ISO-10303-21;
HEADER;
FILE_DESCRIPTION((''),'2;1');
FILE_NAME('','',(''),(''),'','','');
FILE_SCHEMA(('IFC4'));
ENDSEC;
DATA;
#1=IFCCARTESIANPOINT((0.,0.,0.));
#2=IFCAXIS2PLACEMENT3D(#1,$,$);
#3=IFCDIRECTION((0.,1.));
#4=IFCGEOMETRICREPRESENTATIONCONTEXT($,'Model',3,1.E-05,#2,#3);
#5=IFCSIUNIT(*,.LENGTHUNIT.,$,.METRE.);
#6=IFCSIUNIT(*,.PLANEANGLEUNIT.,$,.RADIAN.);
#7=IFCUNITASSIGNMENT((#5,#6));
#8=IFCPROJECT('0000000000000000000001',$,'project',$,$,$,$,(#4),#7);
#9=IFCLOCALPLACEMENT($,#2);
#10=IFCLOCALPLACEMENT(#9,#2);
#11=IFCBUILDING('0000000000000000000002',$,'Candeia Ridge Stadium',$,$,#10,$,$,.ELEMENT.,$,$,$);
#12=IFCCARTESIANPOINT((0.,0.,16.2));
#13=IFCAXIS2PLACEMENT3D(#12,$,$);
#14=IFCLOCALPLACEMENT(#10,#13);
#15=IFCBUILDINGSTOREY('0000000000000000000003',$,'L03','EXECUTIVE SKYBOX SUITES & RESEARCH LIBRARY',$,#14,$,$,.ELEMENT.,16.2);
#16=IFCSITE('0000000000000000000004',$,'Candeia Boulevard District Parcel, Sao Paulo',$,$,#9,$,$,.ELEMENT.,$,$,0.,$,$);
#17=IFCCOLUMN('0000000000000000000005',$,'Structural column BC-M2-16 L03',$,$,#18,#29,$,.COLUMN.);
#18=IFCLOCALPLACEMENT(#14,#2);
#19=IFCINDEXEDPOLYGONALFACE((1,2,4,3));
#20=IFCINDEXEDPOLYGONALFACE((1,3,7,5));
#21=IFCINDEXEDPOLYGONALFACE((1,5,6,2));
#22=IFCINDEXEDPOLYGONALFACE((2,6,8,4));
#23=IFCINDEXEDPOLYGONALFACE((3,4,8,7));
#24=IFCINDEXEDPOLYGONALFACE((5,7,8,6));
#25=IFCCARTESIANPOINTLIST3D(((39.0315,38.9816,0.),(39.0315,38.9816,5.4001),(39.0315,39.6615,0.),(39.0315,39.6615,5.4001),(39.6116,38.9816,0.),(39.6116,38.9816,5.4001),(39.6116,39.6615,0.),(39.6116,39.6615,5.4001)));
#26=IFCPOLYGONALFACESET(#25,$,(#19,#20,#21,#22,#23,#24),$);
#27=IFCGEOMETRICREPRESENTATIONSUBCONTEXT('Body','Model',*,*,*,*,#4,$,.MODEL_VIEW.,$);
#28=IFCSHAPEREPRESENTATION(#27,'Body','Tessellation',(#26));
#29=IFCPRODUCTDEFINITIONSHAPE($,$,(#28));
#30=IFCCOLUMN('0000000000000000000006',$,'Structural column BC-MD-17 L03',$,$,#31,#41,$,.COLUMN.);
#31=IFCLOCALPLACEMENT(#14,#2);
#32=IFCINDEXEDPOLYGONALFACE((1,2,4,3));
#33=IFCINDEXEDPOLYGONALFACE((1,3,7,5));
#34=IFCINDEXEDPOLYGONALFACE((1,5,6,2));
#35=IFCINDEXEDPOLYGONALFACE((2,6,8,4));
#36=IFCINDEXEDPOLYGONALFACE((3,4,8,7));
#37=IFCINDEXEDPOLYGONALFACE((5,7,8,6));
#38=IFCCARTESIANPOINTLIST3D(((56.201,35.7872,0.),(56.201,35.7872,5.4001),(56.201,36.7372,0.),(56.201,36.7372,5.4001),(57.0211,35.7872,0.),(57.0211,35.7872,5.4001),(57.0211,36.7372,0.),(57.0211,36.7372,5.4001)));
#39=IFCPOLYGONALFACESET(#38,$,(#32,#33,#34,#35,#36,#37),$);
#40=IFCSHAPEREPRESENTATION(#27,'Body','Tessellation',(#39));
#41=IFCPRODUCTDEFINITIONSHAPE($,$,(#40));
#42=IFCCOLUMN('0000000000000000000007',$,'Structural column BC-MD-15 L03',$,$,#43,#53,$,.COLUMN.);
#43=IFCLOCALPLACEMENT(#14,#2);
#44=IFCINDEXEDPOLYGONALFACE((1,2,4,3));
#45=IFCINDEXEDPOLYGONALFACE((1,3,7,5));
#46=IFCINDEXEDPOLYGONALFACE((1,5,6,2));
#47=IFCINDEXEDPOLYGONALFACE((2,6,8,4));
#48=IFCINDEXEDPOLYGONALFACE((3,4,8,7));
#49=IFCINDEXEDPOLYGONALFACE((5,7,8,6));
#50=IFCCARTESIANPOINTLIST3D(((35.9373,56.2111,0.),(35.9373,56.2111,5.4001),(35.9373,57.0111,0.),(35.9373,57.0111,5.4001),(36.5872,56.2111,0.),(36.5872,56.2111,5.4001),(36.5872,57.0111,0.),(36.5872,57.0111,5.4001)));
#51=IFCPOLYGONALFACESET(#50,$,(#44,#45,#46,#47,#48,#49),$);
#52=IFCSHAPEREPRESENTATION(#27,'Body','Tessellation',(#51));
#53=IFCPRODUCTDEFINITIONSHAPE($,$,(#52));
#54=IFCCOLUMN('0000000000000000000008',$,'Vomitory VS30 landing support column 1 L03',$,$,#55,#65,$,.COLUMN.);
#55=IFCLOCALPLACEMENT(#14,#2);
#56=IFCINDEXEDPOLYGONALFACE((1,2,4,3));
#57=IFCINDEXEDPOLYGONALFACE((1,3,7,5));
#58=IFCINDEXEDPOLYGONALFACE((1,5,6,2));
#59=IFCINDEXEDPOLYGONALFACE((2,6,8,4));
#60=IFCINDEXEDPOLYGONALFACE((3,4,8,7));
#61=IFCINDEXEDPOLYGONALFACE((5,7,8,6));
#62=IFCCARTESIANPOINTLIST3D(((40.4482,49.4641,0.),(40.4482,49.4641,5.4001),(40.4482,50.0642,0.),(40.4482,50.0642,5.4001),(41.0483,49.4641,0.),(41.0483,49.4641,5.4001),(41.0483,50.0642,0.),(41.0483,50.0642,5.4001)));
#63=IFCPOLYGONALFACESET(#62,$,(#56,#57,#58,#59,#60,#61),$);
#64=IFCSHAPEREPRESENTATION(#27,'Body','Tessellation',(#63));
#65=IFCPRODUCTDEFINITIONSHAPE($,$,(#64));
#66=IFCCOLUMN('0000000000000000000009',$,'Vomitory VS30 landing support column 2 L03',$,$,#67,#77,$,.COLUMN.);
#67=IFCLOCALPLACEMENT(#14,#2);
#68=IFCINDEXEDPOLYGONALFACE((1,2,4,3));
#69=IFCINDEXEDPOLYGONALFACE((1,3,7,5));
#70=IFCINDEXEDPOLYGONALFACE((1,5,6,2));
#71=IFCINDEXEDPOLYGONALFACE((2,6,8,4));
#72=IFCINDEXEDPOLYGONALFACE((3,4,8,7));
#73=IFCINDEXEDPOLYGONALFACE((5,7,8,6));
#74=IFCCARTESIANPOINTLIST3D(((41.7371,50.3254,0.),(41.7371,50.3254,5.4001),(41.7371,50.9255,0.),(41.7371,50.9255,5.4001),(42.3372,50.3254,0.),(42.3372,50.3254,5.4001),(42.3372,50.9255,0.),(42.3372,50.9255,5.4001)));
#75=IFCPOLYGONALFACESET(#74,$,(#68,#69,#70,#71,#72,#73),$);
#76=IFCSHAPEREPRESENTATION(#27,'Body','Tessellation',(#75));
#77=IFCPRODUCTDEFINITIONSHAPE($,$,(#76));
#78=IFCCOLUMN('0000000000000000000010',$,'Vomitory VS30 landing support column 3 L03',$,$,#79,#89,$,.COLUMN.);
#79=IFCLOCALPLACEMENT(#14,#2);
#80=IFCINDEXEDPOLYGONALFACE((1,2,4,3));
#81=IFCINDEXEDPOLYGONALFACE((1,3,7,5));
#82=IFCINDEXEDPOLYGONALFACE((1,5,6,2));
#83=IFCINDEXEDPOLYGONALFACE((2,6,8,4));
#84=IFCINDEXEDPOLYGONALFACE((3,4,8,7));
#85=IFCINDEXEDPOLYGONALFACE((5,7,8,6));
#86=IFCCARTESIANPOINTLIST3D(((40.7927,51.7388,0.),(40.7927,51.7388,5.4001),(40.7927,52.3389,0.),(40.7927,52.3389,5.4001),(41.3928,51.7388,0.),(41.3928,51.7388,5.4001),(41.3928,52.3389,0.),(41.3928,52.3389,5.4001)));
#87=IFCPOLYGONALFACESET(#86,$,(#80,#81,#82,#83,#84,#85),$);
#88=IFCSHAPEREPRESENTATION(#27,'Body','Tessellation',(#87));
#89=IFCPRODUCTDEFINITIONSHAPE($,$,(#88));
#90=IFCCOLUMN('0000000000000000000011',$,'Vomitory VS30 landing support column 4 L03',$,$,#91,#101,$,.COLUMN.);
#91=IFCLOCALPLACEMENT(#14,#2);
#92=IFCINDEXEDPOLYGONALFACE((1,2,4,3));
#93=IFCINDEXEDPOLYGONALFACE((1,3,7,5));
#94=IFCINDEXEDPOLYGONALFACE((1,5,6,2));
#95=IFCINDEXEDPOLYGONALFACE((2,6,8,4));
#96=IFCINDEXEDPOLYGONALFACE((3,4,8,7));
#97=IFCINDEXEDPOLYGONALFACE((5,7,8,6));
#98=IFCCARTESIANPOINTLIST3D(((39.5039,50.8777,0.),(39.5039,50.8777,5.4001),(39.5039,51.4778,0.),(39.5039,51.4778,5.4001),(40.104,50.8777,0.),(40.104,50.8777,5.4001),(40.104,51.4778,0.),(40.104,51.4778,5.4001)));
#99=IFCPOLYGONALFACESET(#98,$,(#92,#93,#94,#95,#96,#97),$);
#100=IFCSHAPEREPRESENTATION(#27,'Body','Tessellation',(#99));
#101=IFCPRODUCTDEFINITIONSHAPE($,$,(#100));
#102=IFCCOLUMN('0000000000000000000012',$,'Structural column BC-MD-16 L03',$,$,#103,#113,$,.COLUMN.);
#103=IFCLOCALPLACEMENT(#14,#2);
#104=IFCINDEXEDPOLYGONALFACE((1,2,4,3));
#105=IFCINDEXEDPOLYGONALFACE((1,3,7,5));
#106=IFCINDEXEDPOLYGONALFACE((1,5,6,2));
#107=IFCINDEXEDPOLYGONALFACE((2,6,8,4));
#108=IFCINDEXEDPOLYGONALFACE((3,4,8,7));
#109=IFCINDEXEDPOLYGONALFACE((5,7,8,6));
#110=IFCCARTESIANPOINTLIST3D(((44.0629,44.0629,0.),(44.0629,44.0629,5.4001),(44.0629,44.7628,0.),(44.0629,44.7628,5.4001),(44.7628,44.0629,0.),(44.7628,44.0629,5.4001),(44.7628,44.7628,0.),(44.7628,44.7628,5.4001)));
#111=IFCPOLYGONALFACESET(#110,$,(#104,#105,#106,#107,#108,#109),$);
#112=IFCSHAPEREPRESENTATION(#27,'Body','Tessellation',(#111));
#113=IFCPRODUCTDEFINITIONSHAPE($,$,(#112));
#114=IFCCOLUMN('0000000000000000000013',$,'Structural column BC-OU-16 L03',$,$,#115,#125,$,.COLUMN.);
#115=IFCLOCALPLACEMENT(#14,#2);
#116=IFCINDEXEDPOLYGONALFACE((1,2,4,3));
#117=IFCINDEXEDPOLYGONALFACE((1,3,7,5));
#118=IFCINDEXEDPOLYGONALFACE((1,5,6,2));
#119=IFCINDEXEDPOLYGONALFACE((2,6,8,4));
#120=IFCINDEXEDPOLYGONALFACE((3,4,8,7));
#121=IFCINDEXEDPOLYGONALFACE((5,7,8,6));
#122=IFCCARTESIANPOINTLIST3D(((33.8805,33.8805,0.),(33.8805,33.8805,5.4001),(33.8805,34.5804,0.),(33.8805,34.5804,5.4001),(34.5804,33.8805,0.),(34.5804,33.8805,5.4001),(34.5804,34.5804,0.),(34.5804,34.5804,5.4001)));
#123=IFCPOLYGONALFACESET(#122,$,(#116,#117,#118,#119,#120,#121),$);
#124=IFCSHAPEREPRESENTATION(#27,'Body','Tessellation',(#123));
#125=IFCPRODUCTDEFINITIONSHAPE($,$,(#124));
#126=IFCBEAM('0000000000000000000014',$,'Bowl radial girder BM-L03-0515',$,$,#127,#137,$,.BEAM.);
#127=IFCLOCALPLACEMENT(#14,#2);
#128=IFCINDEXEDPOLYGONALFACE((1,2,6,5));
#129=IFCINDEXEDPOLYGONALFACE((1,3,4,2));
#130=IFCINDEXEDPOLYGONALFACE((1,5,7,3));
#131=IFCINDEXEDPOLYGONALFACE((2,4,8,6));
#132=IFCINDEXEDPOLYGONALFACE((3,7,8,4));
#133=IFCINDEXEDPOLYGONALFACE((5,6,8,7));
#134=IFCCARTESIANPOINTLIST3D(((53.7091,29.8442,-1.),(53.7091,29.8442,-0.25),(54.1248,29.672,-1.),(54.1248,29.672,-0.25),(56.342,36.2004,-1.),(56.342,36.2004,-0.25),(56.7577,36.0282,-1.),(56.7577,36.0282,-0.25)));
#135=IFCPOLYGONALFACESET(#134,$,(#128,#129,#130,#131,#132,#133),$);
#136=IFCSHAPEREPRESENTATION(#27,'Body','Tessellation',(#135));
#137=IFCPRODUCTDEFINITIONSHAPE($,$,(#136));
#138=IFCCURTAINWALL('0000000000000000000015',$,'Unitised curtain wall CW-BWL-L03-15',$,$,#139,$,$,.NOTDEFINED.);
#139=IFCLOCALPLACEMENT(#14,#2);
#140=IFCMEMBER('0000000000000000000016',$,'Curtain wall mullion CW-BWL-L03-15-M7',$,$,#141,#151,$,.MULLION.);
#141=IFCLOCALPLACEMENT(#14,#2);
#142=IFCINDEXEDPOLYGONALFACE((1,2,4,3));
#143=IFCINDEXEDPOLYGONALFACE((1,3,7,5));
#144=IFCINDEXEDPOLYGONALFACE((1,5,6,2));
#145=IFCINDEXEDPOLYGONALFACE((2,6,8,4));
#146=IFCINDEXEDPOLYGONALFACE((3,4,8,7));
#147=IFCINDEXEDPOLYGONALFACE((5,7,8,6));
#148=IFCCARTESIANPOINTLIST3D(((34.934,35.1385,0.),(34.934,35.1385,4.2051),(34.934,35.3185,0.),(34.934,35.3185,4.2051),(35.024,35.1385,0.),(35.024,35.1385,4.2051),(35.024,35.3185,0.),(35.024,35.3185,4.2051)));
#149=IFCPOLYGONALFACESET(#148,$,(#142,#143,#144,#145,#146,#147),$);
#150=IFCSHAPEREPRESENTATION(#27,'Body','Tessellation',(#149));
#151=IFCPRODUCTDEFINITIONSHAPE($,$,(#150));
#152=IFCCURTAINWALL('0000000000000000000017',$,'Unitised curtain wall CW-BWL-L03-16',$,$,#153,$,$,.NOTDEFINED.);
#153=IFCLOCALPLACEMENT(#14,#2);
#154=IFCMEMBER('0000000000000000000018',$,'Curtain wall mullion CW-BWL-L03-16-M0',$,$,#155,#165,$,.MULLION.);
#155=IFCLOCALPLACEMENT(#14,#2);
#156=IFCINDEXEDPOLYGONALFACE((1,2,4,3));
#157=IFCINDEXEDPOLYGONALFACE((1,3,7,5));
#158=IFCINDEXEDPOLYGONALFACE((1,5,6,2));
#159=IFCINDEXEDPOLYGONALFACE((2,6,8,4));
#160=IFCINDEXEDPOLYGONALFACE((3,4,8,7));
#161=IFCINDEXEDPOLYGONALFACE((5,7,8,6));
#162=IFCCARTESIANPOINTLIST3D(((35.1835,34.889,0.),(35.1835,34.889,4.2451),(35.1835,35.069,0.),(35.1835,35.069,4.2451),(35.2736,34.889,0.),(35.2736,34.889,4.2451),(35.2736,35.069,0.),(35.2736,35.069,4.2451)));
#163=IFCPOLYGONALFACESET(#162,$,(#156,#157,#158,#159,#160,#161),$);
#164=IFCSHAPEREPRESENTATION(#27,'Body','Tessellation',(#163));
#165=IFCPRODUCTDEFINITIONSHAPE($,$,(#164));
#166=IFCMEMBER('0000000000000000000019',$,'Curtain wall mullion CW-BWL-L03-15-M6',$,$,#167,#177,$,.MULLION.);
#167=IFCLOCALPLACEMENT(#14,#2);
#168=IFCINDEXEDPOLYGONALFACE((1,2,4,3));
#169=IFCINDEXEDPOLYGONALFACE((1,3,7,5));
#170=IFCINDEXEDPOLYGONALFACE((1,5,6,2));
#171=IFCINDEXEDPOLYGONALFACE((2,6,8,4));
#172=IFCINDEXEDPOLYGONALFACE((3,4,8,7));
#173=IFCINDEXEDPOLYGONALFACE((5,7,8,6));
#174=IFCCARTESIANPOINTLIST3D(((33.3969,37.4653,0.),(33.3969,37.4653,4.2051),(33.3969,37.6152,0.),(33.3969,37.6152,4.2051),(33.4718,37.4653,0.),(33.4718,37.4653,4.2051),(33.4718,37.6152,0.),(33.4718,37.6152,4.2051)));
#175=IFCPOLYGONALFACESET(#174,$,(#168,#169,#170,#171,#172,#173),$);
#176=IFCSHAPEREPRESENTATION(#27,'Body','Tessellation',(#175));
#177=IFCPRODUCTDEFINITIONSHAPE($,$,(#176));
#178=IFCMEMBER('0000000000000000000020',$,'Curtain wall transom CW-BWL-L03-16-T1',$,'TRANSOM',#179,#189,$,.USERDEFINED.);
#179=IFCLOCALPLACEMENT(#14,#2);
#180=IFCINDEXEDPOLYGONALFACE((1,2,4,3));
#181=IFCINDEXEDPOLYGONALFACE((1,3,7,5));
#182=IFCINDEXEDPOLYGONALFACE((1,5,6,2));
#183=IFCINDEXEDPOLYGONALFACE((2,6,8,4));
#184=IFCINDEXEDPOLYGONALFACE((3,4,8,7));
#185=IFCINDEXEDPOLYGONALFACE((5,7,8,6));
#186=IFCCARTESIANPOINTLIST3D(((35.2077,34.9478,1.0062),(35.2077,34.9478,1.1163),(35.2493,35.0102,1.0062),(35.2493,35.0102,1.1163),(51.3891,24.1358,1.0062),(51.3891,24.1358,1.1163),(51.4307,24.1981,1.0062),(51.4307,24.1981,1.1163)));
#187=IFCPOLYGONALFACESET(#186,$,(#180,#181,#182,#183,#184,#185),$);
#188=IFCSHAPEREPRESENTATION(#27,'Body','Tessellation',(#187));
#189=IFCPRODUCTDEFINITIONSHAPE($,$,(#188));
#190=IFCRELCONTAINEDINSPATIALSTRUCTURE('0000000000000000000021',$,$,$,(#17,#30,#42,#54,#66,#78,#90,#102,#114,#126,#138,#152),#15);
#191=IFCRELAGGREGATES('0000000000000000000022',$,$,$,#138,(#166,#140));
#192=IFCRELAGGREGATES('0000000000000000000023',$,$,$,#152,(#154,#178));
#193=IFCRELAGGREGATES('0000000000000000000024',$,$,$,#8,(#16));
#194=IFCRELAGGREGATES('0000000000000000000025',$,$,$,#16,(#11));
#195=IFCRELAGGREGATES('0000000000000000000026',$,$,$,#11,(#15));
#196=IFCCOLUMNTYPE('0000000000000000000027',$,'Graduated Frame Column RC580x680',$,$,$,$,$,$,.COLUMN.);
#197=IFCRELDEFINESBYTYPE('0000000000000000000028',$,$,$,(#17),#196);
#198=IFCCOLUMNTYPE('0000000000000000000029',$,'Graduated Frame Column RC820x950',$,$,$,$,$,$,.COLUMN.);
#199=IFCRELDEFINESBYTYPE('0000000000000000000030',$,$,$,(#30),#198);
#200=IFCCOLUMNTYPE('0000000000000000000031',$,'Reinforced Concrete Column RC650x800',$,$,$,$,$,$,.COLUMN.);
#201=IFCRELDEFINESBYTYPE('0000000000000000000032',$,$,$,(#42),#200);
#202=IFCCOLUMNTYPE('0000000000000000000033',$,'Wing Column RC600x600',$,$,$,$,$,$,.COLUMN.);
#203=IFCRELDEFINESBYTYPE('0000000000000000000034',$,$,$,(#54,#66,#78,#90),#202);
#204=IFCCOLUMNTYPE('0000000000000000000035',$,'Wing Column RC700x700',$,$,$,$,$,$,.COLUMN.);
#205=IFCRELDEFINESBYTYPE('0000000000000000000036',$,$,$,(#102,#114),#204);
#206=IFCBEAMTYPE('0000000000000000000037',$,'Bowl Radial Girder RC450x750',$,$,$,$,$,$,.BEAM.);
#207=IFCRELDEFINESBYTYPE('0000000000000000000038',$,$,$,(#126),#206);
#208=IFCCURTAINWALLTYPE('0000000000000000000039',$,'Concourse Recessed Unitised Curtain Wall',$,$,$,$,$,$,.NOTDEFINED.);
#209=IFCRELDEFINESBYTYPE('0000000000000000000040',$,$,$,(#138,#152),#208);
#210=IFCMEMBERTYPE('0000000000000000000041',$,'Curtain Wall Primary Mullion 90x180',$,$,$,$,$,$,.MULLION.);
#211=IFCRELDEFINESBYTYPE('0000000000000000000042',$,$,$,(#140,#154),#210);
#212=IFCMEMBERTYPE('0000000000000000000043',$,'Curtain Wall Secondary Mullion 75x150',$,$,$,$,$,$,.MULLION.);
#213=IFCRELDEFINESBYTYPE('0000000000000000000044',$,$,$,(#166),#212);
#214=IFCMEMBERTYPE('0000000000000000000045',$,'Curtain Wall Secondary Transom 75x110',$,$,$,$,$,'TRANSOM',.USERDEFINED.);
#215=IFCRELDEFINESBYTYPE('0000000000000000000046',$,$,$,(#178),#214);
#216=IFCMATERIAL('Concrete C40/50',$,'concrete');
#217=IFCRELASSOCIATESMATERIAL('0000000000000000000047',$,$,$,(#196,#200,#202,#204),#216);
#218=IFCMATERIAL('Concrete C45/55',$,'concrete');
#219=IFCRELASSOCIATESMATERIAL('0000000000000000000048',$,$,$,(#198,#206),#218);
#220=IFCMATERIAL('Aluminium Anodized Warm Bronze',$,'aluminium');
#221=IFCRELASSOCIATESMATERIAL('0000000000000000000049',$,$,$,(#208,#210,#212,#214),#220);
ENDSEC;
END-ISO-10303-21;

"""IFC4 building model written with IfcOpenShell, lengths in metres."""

from ifc_helpers import new_model, si_unit, direction, frame, origin, origin_2d, place, context, subcontext, project, spatial, rectangle, extrude, material, material_profile, profile_set, type_object, element, aggregate, save


model = new_model("IFC4")

# Units and contexts
model_context = context("Model", 3, precision=1e-05, world=origin(), true_north=direction((0.0, 1.0)))
body_context = subcontext(model_context, "Body", "Model", "MODEL_VIEW")
ifc_project = project(units=[si_unit("LENGTHUNIT", "METRE"), si_unit("PLANEANGLEUNIT", "RADIAN")], contexts=[model_context])

# Site, building, storey
site_placement = place(None, origin())
site = spatial("IfcSite", under=ifc_project, at=site_placement, Name="Candeia Boulevard District Parcel, Sao Paulo", CompositionType="ELEMENT", RefElevation=0.0)
building_placement = place(site_placement, origin())
building = spatial("IfcBuilding", under=site, at=building_placement, Name="Candeia Ridge Stadium", CompositionType="ELEMENT")
storey_placement = place(building_placement, frame((0.0, 0.0, 16.2)))
storey = spatial("IfcBuildingStorey", under=building, at=storey_placement, Name="L03", Description="EXECUTIVE SKYBOX SUITES & RESEARCH LIBRARY", CompositionType="ELEMENT", Elevation=16.2)

# Columns
ifc_material_1 = material(Name="Concrete C40/50", Category="concrete")
ifc_material_profile_1 = material_profile(ifc_material_1, rectangle(XDim=0.5801, YDim=0.6799, at=origin_2d()), Name="RC580x680", Category="concrete")
ifc_profile_set_1 = profile_set([ifc_material_profile_1], Name="Concrete C40/50")
column_type_1 = type_object("IfcColumnType", Name="Graduated Frame Column RC580x680", PredefinedType="COLUMN", material=ifc_profile_set_1)
column_1_placement = place(storey_placement, frame((39.3215, 39.3215, 0.0), z_axis=(0.0, 0.0, 1.0), x_axis=(1.0, 0.0, 0.0)))
element("IfcColumn", 1, at=column_1_placement, inside=storey, type_object=column_type_1, Name="Structural column BC-M2-16 L03", PredefinedType="COLUMN", context=body_context, shape_type="SweptSolid", body=[
    extrude(rectangle(XDim=0.5801, YDim=0.6799, at=origin_2d()), origin(), (0.0, 0.0, 1.0), 5.4001),
])
ifc_material_2 = material(Name="Concrete C45/55", Category="concrete")
ifc_material_profile_2 = material_profile(ifc_material_2, rectangle(XDim=0.8201, YDim=0.95, at=origin_2d()), Name="RC820x950", Category="concrete")
ifc_profile_set_2 = profile_set([ifc_material_profile_2], Name="Concrete C45/55")
column_type_2 = type_object("IfcColumnType", Name="Graduated Frame Column RC820x950", PredefinedType="COLUMN", material=ifc_profile_set_2)
column_2_placement = place(storey_placement, frame((56.6111, 36.2622, 0.0), z_axis=(0.0, 0.0, 1.0), x_axis=(1.0, 0.0, 0.0)))
element("IfcColumn", 2, at=column_2_placement, inside=storey, type_object=column_type_2, Name="Structural column BC-MD-17 L03", PredefinedType="COLUMN", context=body_context, shape_type="SweptSolid", body=[
    extrude(rectangle(XDim=0.8201, YDim=0.95, at=origin_2d()), origin(), (0.0, 0.0, 1.0), 5.4001),
])
ifc_material_profile_3 = material_profile(ifc_material_1, rectangle(XDim=0.6499, YDim=0.8, at=origin_2d()), Name="RC650x800", Category="concrete")
ifc_profile_set_3 = profile_set([ifc_material_profile_3], Name="Concrete C40/50")
column_type_3 = type_object("IfcColumnType", Name="Reinforced Concrete Column RC650x800", PredefinedType="COLUMN", material=ifc_profile_set_3)
column_3_placement = place(storey_placement, frame((36.2622, 56.6111, 0.0), z_axis=(0.0, 0.0, 1.0), x_axis=(1.0, 0.0, 0.0)))
element("IfcColumn", 3, at=column_3_placement, inside=storey, type_object=column_type_3, Name="Structural column BC-MD-15 L03", PredefinedType="COLUMN", context=body_context, shape_type="SweptSolid", body=[
    extrude(rectangle(XDim=0.6499, YDim=0.8, at=origin_2d()), origin(), (0.0, 0.0, 1.0), 5.4001),
])
ifc_material_profile_4 = material_profile(ifc_material_1, rectangle(XDim=0.6001, YDim=0.6001, at=origin_2d()), Name="RC600x600", Category="concrete")
ifc_profile_set_4 = profile_set([ifc_material_profile_4], Name="Concrete C40/50")
column_type_4 = type_object("IfcColumnType", Name="Wing Column RC600x600", PredefinedType="COLUMN", material=ifc_profile_set_4)
for number, where, z_axis, x_axis, name in (
    (4, (40.7483, 49.7642, 0.0), (0.0, 0.0, 1.0), (1.0, 0.0, 0.0), "Vomitory VS30 landing support column 1 L03"),
    (5, (42.0371, 50.6255, 0.0), (0.0, 0.0, 1.0), (1.0, 0.0, 0.0), "Vomitory VS30 landing support column 2 L03"),
    (6, (41.0928, 52.0388, 0.0), (0.0, 0.0, 1.0), (1.0, 0.0, 0.0), "Vomitory VS30 landing support column 3 L03"),
    (7, (39.804, 51.1777, 0.0), (0.0, 0.0, 1.0), (1.0, 0.0, 0.0), "Vomitory VS30 landing support column 4 L03"),
):
    element("IfcColumn", number, at=place(storey_placement, frame(where, z_axis=z_axis, x_axis=x_axis)), inside=storey, type_object=column_type_4, Name=name, PredefinedType="COLUMN", context=body_context, shape_type="SweptSolid", body=[
        extrude(rectangle(XDim=0.6001, YDim=0.6001, at=origin_2d()), origin(), (0.0, 0.0, 1.0), 5.4001),
    ])
ifc_material_profile_5 = material_profile(ifc_material_1, rectangle(XDim=0.7, YDim=0.7, at=origin_2d()), Name="RC700x700", Category="concrete")
ifc_profile_set_5 = profile_set([ifc_material_profile_5], Name="Concrete C40/50")
column_type_5 = type_object("IfcColumnType", Name="Wing Column RC700x700", PredefinedType="COLUMN", material=ifc_profile_set_5)
for number, where, z_axis, x_axis, name in (
    (8, (44.4128, 44.4128, 0.0), (0.0, 0.0, 1.0), (1.0, 0.0, 0.0), "Structural column BC-MD-16 L03"),
    (9, (34.2305, 34.2305, 0.0), (0.0, 0.0, 1.0), (1.0, 0.0, 0.0), "Structural column BC-OU-16 L03"),
):
    element("IfcColumn", number, at=place(storey_placement, frame(where, z_axis=z_axis, x_axis=x_axis)), inside=storey, type_object=column_type_5, Name=name, PredefinedType="COLUMN", context=body_context, shape_type="SweptSolid", body=[
        extrude(rectangle(XDim=0.7, YDim=0.7, at=origin_2d()), origin(), (0.0, 0.0, 1.0), 5.4001),
    ])

# Beam
ifc_material_profile_6 = material_profile(ifc_material_2, rectangle(XDim=0.45, YDim=0.75, at=origin_2d()), Name="RC450x750", Category="concrete")
ifc_profile_set_6 = profile_set([ifc_material_profile_6], Name="Concrete C45/55")
beam_type_1 = type_object("IfcBeamType", Name="Bowl Radial Girder RC450x750", PredefinedType="BEAM", material=ifc_profile_set_6)
beam_1_placement = place(storey_placement, frame((56.5498, 36.1143, -0.625), z_axis=(-0.382682, -0.92388, 0.0), x_axis=(0.92388, -0.382682, 0.0)))
element("IfcBeam", 10, at=beam_1_placement, inside=storey, type_object=beam_type_1, Name="Bowl radial girder BM-L03-0515", PredefinedType="BEAM", context=body_context, shape_type="SweptSolid", body=[
    extrude(rectangle(XDim=0.45, YDim=0.75, at=origin_2d()), origin(), (0.0, 0.0, 1.0), 6.8799),
])

# Curtain walls, members
ifc_material_3 = material(Name="Aluminium Anodized Warm Bronze", Category="aluminium")
curtain_wall_type = type_object("IfcCurtainWallType", Name="Concourse Recessed Unitised Curtain Wall", PredefinedType="NOTDEFINED", material=ifc_material_3)
curtain_wall_1_placement = place(storey_placement, origin())
curtain_wall_1 = element("IfcCurtainWall", 11, at=curtain_wall_1_placement, inside=storey, type_object=curtain_wall_type, Name="Unitised curtain wall CW-BWL-L03-15", PredefinedType="NOTDEFINED")
ifc_material_profile_7 = material_profile(ifc_material_3, rectangle(XDim=0.0901, YDim=0.1799, at=origin_2d()), Name="CWM-90x180", Category="aluminium")
ifc_profile_set_7 = profile_set([ifc_material_profile_7], Name="Aluminium Anodized Warm Bronze")
member_type_1 = type_object("IfcMemberType", Name="Curtain Wall Primary Mullion 90x180", PredefinedType="MULLION", material=ifc_profile_set_7)
member_1_placement = place(storey_placement, frame((34.979, 35.2285, 0.0), z_axis=(0.0, 0.0, 1.0), x_axis=(1.0, 0.0, 0.0)))
member_1 = element("IfcMember", 12, at=member_1_placement, type_object=member_type_1, Name="Curtain wall mullion CW-BWL-L03-15-M7", PredefinedType="MULLION", context=body_context, shape_type="SweptSolid", body=[
    extrude(rectangle(XDim=0.0901, YDim=0.1799, at=origin_2d()), origin(), (0.0, 0.0, 1.0), 4.2051),
])
curtain_wall_2_placement = place(storey_placement, origin())
curtain_wall_2 = element("IfcCurtainWall", 13, at=curtain_wall_2_placement, inside=storey, type_object=curtain_wall_type, Name="Unitised curtain wall CW-BWL-L03-16", PredefinedType="NOTDEFINED")
member_2_placement = place(storey_placement, frame((35.2285, 34.979, 0.0), z_axis=(0.0, 0.0, 1.0), x_axis=(1.0, 0.0, 0.0)))
member_2 = element("IfcMember", 14, at=member_2_placement, type_object=member_type_1, Name="Curtain wall mullion CW-BWL-L03-16-M0", PredefinedType="MULLION", context=body_context, shape_type="SweptSolid", body=[
    extrude(rectangle(XDim=0.0901, YDim=0.1799, at=origin_2d()), origin(), (0.0, 0.0, 1.0), 4.2451),
])

# Members
ifc_material_profile_8 = material_profile(ifc_material_3, rectangle(XDim=0.075, YDim=0.1499, at=origin_2d()), Name="CWM-75x150", Category="aluminium")
ifc_profile_set_8 = profile_set([ifc_material_profile_8], Name="Aluminium Anodized Warm Bronze")
member_type_2 = type_object("IfcMemberType", Name="Curtain Wall Secondary Mullion 75x150", PredefinedType="MULLION", material=ifc_profile_set_8)
member_3_placement = place(storey_placement, frame((33.4343, 37.5403, 0.0), z_axis=(0.0, 0.0, 1.0), x_axis=(1.0, 0.0, 0.0)))
member_3 = element("IfcMember", 15, at=member_3_placement, type_object=member_type_2, Name="Curtain wall mullion CW-BWL-L03-15-M6", PredefinedType="MULLION", context=body_context, shape_type="SweptSolid", body=[
    extrude(rectangle(XDim=0.075, YDim=0.1499, at=origin_2d()), origin(), (0.0, 0.0, 1.0), 4.2051),
])
ifc_material_profile_9 = material_profile(ifc_material_3, rectangle(XDim=0.075, YDim=0.1101, at=origin_2d()), Name="CWT-75x110", Category="aluminium")
ifc_profile_set_9 = profile_set([ifc_material_profile_9], Name="Aluminium Anodized Warm Bronze")
member_type_3 = type_object("IfcMemberType", Name="Curtain Wall Secondary Transom 75x110", ElementType="TRANSOM", PredefinedType="USERDEFINED", material=ifc_profile_set_9)
member_4_placement = place(storey_placement, frame((35.2285, 34.979, 1.0613), z_axis=(0.831471, -0.555568, 0.0), x_axis=(0.555568, 0.831471, 0.0)))
member_4 = element("IfcMember", 16, at=member_4_placement, type_object=member_type_3, Name="Curtain wall transom CW-BWL-L03-16-T1", ObjectType="TRANSOM", PredefinedType="USERDEFINED", context=body_context, shape_type="SweptSolid", body=[
    extrude(rectangle(XDim=0.075, YDim=0.1101, at=origin_2d()), origin(), (0.0, 0.0, 1.0), 19.4612),
])

aggregate(curtain_wall_1, [member_3, member_1])
aggregate(curtain_wall_2, [member_2, member_4])

save(model, "model.ifc")
